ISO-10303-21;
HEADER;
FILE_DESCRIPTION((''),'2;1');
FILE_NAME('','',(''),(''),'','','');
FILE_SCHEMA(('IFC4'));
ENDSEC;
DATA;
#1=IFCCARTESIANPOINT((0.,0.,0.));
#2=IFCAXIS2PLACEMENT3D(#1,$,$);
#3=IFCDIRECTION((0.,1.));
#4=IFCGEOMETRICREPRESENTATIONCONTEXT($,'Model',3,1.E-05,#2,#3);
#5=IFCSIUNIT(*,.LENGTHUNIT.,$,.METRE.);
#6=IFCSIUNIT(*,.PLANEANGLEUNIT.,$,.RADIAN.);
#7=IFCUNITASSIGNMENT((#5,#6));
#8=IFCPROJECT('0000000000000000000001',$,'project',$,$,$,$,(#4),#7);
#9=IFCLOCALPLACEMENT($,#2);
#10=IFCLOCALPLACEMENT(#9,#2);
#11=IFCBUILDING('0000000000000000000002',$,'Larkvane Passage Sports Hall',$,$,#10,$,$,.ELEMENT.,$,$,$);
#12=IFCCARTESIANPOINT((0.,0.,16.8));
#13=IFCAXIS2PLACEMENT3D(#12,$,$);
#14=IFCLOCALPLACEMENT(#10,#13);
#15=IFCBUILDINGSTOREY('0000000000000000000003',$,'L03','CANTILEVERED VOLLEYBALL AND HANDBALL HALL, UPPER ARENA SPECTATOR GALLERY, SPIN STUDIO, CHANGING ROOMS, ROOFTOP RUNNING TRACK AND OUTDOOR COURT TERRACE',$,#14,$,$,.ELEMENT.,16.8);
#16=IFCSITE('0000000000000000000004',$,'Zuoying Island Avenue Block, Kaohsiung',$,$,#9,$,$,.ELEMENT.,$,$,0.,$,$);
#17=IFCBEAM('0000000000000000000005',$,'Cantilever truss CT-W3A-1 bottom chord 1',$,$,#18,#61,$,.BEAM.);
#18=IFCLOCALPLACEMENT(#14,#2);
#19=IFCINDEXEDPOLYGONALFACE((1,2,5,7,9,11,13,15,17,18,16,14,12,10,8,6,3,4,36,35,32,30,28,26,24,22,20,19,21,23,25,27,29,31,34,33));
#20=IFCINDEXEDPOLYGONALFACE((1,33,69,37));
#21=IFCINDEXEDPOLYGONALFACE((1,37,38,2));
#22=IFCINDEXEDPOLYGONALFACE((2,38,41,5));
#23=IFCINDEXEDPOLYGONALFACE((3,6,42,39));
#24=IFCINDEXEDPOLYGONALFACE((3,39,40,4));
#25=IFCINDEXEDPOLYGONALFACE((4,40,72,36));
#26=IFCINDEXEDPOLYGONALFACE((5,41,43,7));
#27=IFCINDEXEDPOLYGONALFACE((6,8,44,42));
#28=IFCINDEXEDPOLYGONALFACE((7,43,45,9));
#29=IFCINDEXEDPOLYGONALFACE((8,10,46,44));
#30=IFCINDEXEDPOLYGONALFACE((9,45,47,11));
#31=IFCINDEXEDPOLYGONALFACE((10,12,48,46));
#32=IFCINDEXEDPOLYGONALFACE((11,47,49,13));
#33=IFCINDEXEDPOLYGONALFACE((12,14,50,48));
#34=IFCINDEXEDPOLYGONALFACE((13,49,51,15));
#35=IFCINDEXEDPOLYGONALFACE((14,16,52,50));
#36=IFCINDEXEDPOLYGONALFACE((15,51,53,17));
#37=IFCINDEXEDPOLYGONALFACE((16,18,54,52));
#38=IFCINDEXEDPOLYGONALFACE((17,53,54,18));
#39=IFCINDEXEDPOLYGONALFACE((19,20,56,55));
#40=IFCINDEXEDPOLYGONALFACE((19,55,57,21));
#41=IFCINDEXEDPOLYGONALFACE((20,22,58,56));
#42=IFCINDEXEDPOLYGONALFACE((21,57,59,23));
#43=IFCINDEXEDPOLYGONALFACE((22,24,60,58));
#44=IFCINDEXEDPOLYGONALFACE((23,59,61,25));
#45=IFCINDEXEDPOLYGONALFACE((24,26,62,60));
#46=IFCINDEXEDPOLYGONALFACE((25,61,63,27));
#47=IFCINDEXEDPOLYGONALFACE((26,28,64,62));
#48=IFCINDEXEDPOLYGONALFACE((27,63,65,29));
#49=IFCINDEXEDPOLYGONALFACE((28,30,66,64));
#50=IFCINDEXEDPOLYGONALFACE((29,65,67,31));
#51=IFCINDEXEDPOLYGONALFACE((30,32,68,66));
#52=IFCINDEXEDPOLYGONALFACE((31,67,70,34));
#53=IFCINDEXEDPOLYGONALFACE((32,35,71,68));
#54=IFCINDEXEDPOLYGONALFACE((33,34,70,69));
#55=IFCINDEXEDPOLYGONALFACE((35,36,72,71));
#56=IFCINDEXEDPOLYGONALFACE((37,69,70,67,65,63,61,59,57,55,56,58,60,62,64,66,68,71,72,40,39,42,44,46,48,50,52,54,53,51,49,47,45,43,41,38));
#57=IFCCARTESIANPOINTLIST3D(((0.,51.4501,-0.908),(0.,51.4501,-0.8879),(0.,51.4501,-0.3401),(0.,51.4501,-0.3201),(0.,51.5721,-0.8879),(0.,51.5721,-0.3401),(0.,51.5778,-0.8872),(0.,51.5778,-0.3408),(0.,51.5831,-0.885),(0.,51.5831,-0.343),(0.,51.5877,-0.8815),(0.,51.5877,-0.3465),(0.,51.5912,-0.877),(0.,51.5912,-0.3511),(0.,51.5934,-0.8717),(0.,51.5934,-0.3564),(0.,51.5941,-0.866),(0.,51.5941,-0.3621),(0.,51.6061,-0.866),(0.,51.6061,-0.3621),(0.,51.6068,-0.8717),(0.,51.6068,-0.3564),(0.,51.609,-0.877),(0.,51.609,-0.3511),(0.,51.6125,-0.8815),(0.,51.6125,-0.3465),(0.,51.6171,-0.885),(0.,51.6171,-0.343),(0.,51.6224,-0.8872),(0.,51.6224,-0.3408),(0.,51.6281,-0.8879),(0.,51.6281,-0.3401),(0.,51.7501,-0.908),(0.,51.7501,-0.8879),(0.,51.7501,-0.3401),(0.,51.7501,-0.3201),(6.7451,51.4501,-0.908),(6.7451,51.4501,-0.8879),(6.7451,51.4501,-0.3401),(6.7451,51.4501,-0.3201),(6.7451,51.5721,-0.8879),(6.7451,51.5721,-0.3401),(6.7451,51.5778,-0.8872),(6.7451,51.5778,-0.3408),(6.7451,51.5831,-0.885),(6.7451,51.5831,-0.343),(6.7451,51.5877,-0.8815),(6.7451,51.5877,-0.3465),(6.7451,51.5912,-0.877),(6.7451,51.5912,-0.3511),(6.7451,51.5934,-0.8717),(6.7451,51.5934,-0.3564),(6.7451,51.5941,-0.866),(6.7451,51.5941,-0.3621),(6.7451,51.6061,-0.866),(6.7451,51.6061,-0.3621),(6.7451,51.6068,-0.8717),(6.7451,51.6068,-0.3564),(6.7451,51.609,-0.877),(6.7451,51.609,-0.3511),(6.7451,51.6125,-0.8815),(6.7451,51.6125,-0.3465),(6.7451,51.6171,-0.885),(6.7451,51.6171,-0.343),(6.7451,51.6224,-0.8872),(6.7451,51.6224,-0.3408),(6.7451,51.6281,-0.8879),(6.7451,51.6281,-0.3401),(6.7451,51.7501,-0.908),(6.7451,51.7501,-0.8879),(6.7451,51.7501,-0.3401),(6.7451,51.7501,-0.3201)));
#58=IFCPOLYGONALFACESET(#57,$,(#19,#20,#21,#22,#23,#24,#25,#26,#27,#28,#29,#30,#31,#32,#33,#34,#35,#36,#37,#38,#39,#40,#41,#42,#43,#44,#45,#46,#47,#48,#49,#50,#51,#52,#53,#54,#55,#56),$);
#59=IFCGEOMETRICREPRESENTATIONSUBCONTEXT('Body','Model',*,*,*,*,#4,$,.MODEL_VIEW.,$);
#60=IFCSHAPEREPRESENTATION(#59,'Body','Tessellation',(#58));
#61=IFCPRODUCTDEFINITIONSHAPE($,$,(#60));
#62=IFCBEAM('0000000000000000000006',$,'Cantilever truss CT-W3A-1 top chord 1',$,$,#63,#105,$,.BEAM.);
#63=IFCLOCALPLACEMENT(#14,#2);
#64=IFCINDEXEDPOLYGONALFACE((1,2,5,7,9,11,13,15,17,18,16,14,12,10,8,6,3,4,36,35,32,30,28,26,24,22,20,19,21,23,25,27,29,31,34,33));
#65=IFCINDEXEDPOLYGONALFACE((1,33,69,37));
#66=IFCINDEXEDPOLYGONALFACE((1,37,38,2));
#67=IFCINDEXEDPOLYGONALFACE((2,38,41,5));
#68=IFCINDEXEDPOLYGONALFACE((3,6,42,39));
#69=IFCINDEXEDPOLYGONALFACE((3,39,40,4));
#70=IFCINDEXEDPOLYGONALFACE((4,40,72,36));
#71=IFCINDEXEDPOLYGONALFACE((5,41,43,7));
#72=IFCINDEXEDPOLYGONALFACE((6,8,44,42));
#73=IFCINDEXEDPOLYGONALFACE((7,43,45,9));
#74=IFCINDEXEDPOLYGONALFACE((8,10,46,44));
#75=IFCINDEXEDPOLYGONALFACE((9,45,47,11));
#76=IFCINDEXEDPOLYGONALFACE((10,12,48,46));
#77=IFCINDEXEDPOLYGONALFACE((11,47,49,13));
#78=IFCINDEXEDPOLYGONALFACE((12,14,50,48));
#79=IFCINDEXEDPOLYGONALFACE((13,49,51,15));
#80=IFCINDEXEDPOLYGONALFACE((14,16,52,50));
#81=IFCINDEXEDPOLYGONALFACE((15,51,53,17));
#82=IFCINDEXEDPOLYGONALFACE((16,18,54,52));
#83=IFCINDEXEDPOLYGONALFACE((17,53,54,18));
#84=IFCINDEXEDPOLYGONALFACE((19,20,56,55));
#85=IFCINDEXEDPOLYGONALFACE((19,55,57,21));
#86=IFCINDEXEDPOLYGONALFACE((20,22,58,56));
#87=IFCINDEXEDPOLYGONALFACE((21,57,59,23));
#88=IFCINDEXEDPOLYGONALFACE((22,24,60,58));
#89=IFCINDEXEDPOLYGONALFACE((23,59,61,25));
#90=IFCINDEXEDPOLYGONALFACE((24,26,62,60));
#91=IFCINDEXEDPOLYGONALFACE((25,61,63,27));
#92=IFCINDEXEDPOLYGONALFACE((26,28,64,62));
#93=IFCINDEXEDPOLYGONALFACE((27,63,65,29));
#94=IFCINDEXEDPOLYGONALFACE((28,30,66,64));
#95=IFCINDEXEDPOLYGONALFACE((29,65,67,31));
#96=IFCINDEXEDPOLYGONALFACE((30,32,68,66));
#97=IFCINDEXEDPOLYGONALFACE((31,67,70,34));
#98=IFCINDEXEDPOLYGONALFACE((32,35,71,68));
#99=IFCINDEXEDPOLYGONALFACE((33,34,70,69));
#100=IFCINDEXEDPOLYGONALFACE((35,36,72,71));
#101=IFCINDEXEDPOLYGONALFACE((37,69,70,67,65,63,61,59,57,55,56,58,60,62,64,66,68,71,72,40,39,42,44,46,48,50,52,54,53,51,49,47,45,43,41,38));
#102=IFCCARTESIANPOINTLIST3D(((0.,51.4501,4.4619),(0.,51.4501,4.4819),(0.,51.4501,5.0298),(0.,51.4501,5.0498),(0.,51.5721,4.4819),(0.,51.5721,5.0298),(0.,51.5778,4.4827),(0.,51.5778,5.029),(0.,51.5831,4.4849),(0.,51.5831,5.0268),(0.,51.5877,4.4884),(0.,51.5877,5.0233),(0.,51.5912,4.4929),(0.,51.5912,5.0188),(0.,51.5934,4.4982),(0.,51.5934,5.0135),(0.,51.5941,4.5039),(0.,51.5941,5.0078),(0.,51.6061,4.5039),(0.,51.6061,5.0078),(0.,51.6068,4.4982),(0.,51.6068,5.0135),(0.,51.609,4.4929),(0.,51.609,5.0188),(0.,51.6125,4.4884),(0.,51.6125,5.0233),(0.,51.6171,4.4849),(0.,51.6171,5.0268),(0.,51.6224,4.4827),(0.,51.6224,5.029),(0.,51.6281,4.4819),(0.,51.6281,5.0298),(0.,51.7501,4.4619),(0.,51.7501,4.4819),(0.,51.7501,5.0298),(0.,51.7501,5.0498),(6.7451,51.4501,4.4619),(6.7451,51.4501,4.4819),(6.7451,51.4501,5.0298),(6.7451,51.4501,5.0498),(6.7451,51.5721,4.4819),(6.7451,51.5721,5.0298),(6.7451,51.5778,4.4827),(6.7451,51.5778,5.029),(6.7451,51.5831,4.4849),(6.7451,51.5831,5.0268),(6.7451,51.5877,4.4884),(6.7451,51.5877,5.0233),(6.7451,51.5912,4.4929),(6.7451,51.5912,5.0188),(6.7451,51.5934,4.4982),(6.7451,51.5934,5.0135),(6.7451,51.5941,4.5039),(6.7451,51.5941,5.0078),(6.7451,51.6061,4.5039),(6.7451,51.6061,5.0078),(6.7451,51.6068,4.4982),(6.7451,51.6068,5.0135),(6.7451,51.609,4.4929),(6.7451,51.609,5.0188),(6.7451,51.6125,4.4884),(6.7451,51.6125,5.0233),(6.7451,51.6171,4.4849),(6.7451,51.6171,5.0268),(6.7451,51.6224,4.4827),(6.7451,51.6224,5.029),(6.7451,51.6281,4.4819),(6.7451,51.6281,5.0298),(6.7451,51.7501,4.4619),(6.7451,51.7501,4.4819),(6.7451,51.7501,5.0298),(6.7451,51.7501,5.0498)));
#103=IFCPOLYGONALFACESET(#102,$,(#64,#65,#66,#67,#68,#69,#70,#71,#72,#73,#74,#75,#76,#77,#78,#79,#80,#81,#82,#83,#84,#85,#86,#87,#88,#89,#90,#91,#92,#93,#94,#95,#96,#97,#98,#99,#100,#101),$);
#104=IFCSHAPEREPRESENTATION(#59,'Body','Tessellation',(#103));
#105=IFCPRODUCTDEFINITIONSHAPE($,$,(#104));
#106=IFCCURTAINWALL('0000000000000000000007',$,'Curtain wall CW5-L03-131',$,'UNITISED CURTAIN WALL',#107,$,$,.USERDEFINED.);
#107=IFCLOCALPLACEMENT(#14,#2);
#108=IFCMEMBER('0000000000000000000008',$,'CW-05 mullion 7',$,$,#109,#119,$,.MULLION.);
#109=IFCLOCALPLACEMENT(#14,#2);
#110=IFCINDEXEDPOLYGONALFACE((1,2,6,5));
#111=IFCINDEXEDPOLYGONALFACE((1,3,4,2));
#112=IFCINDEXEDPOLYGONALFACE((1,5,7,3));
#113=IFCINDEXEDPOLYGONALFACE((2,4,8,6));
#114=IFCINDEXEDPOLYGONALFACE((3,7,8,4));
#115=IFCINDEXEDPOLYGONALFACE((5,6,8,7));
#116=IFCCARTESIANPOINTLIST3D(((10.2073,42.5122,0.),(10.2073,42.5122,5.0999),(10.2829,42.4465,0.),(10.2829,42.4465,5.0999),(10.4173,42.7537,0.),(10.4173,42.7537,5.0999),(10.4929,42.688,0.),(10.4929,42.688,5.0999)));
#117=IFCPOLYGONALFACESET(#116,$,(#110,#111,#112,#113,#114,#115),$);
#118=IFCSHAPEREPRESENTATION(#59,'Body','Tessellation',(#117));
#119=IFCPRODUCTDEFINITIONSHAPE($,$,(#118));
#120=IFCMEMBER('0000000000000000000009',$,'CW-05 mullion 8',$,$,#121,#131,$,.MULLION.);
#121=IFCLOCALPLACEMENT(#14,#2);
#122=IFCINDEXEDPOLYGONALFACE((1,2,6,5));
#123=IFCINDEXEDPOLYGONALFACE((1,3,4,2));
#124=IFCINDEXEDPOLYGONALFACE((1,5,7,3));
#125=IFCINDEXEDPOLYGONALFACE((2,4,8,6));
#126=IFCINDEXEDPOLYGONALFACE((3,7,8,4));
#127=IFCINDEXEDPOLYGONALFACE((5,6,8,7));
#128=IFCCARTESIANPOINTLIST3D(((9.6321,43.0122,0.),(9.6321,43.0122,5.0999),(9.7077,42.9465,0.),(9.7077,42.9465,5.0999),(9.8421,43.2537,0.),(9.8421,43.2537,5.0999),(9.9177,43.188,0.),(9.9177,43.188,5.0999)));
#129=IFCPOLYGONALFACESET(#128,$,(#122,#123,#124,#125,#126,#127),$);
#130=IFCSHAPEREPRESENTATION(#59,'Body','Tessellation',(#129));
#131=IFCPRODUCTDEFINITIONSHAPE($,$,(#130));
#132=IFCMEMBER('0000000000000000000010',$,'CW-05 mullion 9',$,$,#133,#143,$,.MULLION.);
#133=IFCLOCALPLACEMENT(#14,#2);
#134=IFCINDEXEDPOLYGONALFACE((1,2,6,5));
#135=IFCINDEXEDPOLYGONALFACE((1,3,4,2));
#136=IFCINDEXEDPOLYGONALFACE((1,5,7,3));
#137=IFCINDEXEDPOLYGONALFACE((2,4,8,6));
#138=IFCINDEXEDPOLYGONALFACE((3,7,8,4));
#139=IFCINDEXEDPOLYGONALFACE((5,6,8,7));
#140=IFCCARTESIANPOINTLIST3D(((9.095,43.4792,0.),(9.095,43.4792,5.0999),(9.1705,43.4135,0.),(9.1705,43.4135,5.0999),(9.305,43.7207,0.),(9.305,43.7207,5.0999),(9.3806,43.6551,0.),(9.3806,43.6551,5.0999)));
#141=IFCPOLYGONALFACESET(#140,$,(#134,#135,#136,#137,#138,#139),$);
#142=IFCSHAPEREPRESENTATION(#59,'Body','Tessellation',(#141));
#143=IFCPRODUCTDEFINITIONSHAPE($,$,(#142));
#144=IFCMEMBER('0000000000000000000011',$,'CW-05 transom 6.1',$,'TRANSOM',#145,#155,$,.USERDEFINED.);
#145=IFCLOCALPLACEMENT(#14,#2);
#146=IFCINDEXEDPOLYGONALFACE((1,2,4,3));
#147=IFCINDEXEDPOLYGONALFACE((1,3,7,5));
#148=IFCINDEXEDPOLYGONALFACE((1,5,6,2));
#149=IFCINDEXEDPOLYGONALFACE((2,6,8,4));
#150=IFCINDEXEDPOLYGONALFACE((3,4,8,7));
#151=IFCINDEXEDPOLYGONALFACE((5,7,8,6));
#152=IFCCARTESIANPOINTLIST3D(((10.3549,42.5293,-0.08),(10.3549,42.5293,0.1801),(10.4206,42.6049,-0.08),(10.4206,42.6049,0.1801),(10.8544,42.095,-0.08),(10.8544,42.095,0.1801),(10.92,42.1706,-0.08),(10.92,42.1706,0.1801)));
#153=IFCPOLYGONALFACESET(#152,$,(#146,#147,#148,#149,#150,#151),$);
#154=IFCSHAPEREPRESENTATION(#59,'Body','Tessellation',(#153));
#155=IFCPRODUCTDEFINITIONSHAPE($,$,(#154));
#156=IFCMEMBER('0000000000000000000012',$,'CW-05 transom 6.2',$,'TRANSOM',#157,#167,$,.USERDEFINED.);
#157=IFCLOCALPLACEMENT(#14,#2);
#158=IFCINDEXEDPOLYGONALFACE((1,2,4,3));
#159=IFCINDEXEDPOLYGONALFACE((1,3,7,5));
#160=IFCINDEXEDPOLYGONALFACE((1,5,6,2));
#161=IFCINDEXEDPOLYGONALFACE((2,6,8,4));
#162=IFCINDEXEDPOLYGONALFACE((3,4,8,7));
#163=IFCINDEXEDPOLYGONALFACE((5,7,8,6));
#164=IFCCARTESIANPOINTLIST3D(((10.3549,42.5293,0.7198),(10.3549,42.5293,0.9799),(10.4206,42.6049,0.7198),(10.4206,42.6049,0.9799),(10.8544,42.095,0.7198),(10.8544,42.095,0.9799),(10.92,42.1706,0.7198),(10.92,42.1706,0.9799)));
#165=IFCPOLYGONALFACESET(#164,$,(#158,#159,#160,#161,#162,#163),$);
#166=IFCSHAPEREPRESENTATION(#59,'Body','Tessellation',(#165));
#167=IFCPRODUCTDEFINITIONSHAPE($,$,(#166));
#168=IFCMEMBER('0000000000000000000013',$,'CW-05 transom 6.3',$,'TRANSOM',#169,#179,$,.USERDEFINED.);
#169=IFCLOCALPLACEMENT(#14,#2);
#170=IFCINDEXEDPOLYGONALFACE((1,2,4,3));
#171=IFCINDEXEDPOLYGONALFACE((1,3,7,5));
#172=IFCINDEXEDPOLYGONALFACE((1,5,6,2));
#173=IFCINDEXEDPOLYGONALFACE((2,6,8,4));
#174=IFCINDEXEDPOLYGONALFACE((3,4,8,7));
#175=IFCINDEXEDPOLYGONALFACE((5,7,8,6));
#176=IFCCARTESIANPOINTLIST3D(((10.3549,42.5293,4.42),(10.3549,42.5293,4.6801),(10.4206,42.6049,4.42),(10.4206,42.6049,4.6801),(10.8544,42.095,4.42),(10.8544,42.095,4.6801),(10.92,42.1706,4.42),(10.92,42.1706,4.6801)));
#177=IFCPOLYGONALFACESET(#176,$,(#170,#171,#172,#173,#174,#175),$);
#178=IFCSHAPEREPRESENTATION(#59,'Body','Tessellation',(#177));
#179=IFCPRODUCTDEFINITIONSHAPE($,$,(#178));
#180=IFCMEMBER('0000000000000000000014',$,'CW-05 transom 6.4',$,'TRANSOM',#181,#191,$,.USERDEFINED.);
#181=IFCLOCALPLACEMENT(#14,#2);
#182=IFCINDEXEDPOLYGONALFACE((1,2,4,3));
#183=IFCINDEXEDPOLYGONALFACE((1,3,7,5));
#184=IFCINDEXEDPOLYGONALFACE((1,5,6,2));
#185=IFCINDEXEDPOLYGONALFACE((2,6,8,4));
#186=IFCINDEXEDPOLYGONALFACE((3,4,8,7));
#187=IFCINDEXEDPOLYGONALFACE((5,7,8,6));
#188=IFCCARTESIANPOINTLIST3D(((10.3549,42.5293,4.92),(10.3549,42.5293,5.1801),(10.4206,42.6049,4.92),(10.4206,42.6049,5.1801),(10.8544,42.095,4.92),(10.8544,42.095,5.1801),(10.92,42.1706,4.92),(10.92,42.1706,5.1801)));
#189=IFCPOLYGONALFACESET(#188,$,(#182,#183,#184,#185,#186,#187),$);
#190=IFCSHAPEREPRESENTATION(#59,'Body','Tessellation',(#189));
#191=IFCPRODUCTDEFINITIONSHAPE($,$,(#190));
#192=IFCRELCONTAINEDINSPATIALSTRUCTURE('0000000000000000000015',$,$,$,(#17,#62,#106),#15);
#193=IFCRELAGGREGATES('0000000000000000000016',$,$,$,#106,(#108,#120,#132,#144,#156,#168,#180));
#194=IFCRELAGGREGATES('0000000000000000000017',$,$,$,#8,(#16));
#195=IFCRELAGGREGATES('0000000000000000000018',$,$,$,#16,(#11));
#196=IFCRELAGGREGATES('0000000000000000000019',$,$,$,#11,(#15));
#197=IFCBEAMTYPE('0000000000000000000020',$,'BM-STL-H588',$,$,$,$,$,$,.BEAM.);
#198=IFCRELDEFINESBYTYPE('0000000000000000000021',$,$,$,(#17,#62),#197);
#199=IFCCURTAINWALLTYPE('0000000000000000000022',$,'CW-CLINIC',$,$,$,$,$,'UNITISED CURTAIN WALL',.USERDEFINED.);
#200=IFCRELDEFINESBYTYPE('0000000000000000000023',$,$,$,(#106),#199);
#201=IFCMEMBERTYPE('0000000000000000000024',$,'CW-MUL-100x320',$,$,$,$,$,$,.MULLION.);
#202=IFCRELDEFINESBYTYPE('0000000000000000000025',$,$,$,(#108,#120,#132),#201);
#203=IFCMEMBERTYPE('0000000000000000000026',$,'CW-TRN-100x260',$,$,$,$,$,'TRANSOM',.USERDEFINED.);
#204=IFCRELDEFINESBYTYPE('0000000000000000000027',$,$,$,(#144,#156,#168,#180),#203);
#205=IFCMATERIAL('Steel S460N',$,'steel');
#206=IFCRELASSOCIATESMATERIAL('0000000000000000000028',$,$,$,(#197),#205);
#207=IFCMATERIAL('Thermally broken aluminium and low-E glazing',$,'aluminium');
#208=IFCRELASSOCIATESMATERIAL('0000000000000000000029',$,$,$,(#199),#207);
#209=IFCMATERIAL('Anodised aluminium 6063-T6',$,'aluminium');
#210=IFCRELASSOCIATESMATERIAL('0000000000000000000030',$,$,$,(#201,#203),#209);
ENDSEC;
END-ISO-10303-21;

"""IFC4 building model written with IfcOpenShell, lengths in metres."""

from ifc_helpers import new_model, si_unit, direction, frame, origin, origin_2d, place, context, subcontext, project, spatial, rectangle, i_section, extrude, material, material_profile, profile_set, type_object, element, aggregate, save


model = new_model("IFC4")

# Units and contexts
model_context = context("Model", 3, precision=1e-05, world=origin(), true_north=direction((0.0, 1.0)))
body_context = subcontext(model_context, "Body", "Model", "MODEL_VIEW")
ifc_project = project(units=[si_unit("LENGTHUNIT", "METRE"), si_unit("PLANEANGLEUNIT", "RADIAN")], contexts=[model_context])

# Site, building, storey
site_placement = place(None, origin())
site = spatial("IfcSite", under=ifc_project, at=site_placement, Name="Zuoying Island Avenue Block, Kaohsiung", CompositionType="ELEMENT", RefElevation=0.0)
building_placement = place(site_placement, origin())
building = spatial("IfcBuilding", under=site, at=building_placement, Name="Larkvane Passage Sports Hall", CompositionType="ELEMENT")
storey_placement = place(building_placement, frame((0.0, 0.0, 16.8)))
storey = spatial("IfcBuildingStorey", under=building, at=storey_placement, Name="L03", Description="CANTILEVERED VOLLEYBALL AND HANDBALL HALL, UPPER ARENA SPECTATOR GALLERY, SPIN STUDIO, CHANGING ROOMS, ROOFTOP RUNNING TRACK AND OUTDOOR COURT TERRACE", CompositionType="ELEMENT", Elevation=16.8)

# Beams
ifc_material_1 = material(Name="Steel S460N", Category="steel")
ifc_material_profile_1 = material_profile(ifc_material_1, i_section(OverallWidth=0.3, OverallDepth=0.5879, WebThickness=0.012, FlangeThickness=0.02, FilletRadius=0.022, at=origin_2d()), Name="H-588x300x12x20")
ifc_profile_set_1 = profile_set([ifc_material_profile_1], Name="Steel S460N")
beam_type = type_object("IfcBeamType", Name="BM-STL-H588", PredefinedType="BEAM", material=ifc_profile_set_1)
for number, where, z_axis, x_axis, name in (
    (1, (0.0, 51.6001, -0.614), (1.0, 0.0, 0.0), (0.0, 1.0, 0.0), "Cantilever truss CT-W3A-1 bottom chord 1"),
    (2, (0.0, 51.6001, 4.7559), (1.0, 0.0, 0.0), (0.0, 1.0, 0.0), "Cantilever truss CT-W3A-1 top chord 1"),
):
    element("IfcBeam", number, at=place(storey_placement, frame(where, z_axis=z_axis, x_axis=x_axis)), inside=storey, type_object=beam_type, Name=name, PredefinedType="BEAM", context=body_context, shape_type="SweptSolid", body=[
        extrude(i_section(OverallWidth=0.3, OverallDepth=0.5879, WebThickness=0.012, FlangeThickness=0.02, FilletRadius=0.022, at=origin_2d()), origin(), (0.0, 0.0, 1.0), 6.7451),
    ])

# Curtain wall, members
ifc_material_2 = material(Name="Thermally broken aluminium and low-E glazing", Category="aluminium")
curtain_wall_type = type_object("IfcCurtainWallType", Name="CW-CLINIC", ElementType="UNITISED CURTAIN WALL", PredefinedType="USERDEFINED", material=ifc_material_2)
curtain_wall_placement = place(storey_placement, origin())
curtain_wall = element("IfcCurtainWall", 3, at=curtain_wall_placement, inside=storey, type_object=curtain_wall_type, Name="Curtain wall CW5-L03-131", ObjectType="UNITISED CURTAIN WALL", PredefinedType="USERDEFINED")
ifc_material_3 = material(Name="Anodised aluminium 6063-T6", Category="aluminium")
ifc_material_profile_2 = material_profile(ifc_material_3, rectangle(XDim=0.1001, YDim=0.3201, at=origin_2d()), Name="ALU-MUL-100x320")
ifc_profile_set_2 = profile_set([ifc_material_profile_2], Name="Anodised aluminium 6063-T6")
member_type_1 = type_object("IfcMemberType", Name="CW-MUL-100x320", PredefinedType="MULLION", material=ifc_profile_set_2)
member_1_placement = place(storey_placement, frame((10.3501, 42.6001, 0.0), z_axis=(0.0, 0.0, 1.0), x_axis=(-0.754606, 0.656179, 0.0)))
member_1 = element("IfcMember", 4, at=member_1_placement, type_object=member_type_1, Name="CW-05 mullion 7", PredefinedType="MULLION", context=body_context, shape_type="SweptSolid", body=[
    extrude(rectangle(XDim=0.1001, YDim=0.3201, at=origin_2d()), origin(), (0.0, 0.0, 1.0), 5.0999),
])
member_2_placement = place(storey_placement, frame((9.7749, 43.1001, 0.0), z_axis=(0.0, 0.0, 1.0), x_axis=(-0.754606, 0.656179, 0.0)))
member_2 = element("IfcMember", 5, at=member_2_placement, type_object=member_type_1, Name="CW-05 mullion 8", PredefinedType="MULLION", context=body_context, shape_type="SweptSolid", body=[
    extrude(rectangle(XDim=0.1001, YDim=0.3201, at=origin_2d()), origin(), (0.0, 0.0, 1.0), 5.0999),
])
member_3_placement = place(storey_placement, frame((9.2378, 43.5671, 0.0), z_axis=(0.0, 0.0, 1.0), x_axis=(-0.754606, 0.656179, 0.0)))
member_3 = element("IfcMember", 6, at=member_3_placement, type_object=member_type_1, Name="CW-05 mullion 9", PredefinedType="MULLION", context=body_context, shape_type="SweptSolid", body=[
    extrude(rectangle(XDim=0.1001, YDim=0.3201, at=origin_2d()), origin(), (0.0, 0.0, 1.0), 5.0999),
])
ifc_material_profile_3 = material_profile(ifc_material_3, rectangle(XDim=0.1001, YDim=0.26, at=origin_2d()), Name="ALU-TRN-100x260")
ifc_profile_set_3 = profile_set([ifc_material_profile_3], Name="Anodised aluminium 6063-T6")
member_type_2 = type_object("IfcMemberType", Name="CW-TRN-100x260", ElementType="TRANSOM", PredefinedType="USERDEFINED", material=ifc_profile_set_3)
member_4_placement = place(storey_placement, frame((10.8872, 42.1328, 0.05), z_axis=(-0.754629, 0.656151, 0.0), x_axis=(-0.656151, -0.754629, 0.0)))
member_4 = element("IfcMember", 7, at=member_4_placement, type_object=member_type_2, Name="CW-05 transom 6.1", ObjectType="TRANSOM", PredefinedType="USERDEFINED", context=body_context, shape_type="SweptSolid", body=[
    extrude(rectangle(XDim=0.1001, YDim=0.26, at=origin_2d()), origin(), (0.0, 0.0, 1.0), 0.6619),
])
member_5_placement = place(storey_placement, frame((10.8872, 42.1328, 0.8499), z_axis=(-0.754629, 0.656151, 0.0), x_axis=(-0.656151, -0.754629, 0.0)))
member_5 = element("IfcMember", 8, at=member_5_placement, type_object=member_type_2, Name="CW-05 transom 6.2", ObjectType="TRANSOM", PredefinedType="USERDEFINED", context=body_context, shape_type="SweptSolid", body=[
    extrude(rectangle(XDim=0.1001, YDim=0.26, at=origin_2d()), origin(), (0.0, 0.0, 1.0), 0.6619),
])
member_6_placement = place(storey_placement, frame((10.8872, 42.1328, 4.55), z_axis=(-0.754629, 0.656151, 0.0), x_axis=(-0.656151, -0.754629, 0.0)))
member_6 = element("IfcMember", 9, at=member_6_placement, type_object=member_type_2, Name="CW-05 transom 6.3", ObjectType="TRANSOM", PredefinedType="USERDEFINED", context=body_context, shape_type="SweptSolid", body=[
    extrude(rectangle(XDim=0.1001, YDim=0.26, at=origin_2d()), origin(), (0.0, 0.0, 1.0), 0.6619),
])
member_7_placement = place(storey_placement, frame((10.8872, 42.1328, 5.05), z_axis=(-0.754629, 0.656151, 0.0), x_axis=(-0.656151, -0.754629, 0.0)))
member_7 = element("IfcMember", 10, at=member_7_placement, type_object=member_type_2, Name="CW-05 transom 6.4", ObjectType="TRANSOM", PredefinedType="USERDEFINED", context=body_context, shape_type="SweptSolid", body=[
    extrude(rectangle(XDim=0.1001, YDim=0.26, at=origin_2d()), origin(), (0.0, 0.0, 1.0), 0.6619),
])

aggregate(curtain_wall, [member_1, member_2, member_3, member_4, member_5, member_6, member_7])

save(model, "model.ifc")
